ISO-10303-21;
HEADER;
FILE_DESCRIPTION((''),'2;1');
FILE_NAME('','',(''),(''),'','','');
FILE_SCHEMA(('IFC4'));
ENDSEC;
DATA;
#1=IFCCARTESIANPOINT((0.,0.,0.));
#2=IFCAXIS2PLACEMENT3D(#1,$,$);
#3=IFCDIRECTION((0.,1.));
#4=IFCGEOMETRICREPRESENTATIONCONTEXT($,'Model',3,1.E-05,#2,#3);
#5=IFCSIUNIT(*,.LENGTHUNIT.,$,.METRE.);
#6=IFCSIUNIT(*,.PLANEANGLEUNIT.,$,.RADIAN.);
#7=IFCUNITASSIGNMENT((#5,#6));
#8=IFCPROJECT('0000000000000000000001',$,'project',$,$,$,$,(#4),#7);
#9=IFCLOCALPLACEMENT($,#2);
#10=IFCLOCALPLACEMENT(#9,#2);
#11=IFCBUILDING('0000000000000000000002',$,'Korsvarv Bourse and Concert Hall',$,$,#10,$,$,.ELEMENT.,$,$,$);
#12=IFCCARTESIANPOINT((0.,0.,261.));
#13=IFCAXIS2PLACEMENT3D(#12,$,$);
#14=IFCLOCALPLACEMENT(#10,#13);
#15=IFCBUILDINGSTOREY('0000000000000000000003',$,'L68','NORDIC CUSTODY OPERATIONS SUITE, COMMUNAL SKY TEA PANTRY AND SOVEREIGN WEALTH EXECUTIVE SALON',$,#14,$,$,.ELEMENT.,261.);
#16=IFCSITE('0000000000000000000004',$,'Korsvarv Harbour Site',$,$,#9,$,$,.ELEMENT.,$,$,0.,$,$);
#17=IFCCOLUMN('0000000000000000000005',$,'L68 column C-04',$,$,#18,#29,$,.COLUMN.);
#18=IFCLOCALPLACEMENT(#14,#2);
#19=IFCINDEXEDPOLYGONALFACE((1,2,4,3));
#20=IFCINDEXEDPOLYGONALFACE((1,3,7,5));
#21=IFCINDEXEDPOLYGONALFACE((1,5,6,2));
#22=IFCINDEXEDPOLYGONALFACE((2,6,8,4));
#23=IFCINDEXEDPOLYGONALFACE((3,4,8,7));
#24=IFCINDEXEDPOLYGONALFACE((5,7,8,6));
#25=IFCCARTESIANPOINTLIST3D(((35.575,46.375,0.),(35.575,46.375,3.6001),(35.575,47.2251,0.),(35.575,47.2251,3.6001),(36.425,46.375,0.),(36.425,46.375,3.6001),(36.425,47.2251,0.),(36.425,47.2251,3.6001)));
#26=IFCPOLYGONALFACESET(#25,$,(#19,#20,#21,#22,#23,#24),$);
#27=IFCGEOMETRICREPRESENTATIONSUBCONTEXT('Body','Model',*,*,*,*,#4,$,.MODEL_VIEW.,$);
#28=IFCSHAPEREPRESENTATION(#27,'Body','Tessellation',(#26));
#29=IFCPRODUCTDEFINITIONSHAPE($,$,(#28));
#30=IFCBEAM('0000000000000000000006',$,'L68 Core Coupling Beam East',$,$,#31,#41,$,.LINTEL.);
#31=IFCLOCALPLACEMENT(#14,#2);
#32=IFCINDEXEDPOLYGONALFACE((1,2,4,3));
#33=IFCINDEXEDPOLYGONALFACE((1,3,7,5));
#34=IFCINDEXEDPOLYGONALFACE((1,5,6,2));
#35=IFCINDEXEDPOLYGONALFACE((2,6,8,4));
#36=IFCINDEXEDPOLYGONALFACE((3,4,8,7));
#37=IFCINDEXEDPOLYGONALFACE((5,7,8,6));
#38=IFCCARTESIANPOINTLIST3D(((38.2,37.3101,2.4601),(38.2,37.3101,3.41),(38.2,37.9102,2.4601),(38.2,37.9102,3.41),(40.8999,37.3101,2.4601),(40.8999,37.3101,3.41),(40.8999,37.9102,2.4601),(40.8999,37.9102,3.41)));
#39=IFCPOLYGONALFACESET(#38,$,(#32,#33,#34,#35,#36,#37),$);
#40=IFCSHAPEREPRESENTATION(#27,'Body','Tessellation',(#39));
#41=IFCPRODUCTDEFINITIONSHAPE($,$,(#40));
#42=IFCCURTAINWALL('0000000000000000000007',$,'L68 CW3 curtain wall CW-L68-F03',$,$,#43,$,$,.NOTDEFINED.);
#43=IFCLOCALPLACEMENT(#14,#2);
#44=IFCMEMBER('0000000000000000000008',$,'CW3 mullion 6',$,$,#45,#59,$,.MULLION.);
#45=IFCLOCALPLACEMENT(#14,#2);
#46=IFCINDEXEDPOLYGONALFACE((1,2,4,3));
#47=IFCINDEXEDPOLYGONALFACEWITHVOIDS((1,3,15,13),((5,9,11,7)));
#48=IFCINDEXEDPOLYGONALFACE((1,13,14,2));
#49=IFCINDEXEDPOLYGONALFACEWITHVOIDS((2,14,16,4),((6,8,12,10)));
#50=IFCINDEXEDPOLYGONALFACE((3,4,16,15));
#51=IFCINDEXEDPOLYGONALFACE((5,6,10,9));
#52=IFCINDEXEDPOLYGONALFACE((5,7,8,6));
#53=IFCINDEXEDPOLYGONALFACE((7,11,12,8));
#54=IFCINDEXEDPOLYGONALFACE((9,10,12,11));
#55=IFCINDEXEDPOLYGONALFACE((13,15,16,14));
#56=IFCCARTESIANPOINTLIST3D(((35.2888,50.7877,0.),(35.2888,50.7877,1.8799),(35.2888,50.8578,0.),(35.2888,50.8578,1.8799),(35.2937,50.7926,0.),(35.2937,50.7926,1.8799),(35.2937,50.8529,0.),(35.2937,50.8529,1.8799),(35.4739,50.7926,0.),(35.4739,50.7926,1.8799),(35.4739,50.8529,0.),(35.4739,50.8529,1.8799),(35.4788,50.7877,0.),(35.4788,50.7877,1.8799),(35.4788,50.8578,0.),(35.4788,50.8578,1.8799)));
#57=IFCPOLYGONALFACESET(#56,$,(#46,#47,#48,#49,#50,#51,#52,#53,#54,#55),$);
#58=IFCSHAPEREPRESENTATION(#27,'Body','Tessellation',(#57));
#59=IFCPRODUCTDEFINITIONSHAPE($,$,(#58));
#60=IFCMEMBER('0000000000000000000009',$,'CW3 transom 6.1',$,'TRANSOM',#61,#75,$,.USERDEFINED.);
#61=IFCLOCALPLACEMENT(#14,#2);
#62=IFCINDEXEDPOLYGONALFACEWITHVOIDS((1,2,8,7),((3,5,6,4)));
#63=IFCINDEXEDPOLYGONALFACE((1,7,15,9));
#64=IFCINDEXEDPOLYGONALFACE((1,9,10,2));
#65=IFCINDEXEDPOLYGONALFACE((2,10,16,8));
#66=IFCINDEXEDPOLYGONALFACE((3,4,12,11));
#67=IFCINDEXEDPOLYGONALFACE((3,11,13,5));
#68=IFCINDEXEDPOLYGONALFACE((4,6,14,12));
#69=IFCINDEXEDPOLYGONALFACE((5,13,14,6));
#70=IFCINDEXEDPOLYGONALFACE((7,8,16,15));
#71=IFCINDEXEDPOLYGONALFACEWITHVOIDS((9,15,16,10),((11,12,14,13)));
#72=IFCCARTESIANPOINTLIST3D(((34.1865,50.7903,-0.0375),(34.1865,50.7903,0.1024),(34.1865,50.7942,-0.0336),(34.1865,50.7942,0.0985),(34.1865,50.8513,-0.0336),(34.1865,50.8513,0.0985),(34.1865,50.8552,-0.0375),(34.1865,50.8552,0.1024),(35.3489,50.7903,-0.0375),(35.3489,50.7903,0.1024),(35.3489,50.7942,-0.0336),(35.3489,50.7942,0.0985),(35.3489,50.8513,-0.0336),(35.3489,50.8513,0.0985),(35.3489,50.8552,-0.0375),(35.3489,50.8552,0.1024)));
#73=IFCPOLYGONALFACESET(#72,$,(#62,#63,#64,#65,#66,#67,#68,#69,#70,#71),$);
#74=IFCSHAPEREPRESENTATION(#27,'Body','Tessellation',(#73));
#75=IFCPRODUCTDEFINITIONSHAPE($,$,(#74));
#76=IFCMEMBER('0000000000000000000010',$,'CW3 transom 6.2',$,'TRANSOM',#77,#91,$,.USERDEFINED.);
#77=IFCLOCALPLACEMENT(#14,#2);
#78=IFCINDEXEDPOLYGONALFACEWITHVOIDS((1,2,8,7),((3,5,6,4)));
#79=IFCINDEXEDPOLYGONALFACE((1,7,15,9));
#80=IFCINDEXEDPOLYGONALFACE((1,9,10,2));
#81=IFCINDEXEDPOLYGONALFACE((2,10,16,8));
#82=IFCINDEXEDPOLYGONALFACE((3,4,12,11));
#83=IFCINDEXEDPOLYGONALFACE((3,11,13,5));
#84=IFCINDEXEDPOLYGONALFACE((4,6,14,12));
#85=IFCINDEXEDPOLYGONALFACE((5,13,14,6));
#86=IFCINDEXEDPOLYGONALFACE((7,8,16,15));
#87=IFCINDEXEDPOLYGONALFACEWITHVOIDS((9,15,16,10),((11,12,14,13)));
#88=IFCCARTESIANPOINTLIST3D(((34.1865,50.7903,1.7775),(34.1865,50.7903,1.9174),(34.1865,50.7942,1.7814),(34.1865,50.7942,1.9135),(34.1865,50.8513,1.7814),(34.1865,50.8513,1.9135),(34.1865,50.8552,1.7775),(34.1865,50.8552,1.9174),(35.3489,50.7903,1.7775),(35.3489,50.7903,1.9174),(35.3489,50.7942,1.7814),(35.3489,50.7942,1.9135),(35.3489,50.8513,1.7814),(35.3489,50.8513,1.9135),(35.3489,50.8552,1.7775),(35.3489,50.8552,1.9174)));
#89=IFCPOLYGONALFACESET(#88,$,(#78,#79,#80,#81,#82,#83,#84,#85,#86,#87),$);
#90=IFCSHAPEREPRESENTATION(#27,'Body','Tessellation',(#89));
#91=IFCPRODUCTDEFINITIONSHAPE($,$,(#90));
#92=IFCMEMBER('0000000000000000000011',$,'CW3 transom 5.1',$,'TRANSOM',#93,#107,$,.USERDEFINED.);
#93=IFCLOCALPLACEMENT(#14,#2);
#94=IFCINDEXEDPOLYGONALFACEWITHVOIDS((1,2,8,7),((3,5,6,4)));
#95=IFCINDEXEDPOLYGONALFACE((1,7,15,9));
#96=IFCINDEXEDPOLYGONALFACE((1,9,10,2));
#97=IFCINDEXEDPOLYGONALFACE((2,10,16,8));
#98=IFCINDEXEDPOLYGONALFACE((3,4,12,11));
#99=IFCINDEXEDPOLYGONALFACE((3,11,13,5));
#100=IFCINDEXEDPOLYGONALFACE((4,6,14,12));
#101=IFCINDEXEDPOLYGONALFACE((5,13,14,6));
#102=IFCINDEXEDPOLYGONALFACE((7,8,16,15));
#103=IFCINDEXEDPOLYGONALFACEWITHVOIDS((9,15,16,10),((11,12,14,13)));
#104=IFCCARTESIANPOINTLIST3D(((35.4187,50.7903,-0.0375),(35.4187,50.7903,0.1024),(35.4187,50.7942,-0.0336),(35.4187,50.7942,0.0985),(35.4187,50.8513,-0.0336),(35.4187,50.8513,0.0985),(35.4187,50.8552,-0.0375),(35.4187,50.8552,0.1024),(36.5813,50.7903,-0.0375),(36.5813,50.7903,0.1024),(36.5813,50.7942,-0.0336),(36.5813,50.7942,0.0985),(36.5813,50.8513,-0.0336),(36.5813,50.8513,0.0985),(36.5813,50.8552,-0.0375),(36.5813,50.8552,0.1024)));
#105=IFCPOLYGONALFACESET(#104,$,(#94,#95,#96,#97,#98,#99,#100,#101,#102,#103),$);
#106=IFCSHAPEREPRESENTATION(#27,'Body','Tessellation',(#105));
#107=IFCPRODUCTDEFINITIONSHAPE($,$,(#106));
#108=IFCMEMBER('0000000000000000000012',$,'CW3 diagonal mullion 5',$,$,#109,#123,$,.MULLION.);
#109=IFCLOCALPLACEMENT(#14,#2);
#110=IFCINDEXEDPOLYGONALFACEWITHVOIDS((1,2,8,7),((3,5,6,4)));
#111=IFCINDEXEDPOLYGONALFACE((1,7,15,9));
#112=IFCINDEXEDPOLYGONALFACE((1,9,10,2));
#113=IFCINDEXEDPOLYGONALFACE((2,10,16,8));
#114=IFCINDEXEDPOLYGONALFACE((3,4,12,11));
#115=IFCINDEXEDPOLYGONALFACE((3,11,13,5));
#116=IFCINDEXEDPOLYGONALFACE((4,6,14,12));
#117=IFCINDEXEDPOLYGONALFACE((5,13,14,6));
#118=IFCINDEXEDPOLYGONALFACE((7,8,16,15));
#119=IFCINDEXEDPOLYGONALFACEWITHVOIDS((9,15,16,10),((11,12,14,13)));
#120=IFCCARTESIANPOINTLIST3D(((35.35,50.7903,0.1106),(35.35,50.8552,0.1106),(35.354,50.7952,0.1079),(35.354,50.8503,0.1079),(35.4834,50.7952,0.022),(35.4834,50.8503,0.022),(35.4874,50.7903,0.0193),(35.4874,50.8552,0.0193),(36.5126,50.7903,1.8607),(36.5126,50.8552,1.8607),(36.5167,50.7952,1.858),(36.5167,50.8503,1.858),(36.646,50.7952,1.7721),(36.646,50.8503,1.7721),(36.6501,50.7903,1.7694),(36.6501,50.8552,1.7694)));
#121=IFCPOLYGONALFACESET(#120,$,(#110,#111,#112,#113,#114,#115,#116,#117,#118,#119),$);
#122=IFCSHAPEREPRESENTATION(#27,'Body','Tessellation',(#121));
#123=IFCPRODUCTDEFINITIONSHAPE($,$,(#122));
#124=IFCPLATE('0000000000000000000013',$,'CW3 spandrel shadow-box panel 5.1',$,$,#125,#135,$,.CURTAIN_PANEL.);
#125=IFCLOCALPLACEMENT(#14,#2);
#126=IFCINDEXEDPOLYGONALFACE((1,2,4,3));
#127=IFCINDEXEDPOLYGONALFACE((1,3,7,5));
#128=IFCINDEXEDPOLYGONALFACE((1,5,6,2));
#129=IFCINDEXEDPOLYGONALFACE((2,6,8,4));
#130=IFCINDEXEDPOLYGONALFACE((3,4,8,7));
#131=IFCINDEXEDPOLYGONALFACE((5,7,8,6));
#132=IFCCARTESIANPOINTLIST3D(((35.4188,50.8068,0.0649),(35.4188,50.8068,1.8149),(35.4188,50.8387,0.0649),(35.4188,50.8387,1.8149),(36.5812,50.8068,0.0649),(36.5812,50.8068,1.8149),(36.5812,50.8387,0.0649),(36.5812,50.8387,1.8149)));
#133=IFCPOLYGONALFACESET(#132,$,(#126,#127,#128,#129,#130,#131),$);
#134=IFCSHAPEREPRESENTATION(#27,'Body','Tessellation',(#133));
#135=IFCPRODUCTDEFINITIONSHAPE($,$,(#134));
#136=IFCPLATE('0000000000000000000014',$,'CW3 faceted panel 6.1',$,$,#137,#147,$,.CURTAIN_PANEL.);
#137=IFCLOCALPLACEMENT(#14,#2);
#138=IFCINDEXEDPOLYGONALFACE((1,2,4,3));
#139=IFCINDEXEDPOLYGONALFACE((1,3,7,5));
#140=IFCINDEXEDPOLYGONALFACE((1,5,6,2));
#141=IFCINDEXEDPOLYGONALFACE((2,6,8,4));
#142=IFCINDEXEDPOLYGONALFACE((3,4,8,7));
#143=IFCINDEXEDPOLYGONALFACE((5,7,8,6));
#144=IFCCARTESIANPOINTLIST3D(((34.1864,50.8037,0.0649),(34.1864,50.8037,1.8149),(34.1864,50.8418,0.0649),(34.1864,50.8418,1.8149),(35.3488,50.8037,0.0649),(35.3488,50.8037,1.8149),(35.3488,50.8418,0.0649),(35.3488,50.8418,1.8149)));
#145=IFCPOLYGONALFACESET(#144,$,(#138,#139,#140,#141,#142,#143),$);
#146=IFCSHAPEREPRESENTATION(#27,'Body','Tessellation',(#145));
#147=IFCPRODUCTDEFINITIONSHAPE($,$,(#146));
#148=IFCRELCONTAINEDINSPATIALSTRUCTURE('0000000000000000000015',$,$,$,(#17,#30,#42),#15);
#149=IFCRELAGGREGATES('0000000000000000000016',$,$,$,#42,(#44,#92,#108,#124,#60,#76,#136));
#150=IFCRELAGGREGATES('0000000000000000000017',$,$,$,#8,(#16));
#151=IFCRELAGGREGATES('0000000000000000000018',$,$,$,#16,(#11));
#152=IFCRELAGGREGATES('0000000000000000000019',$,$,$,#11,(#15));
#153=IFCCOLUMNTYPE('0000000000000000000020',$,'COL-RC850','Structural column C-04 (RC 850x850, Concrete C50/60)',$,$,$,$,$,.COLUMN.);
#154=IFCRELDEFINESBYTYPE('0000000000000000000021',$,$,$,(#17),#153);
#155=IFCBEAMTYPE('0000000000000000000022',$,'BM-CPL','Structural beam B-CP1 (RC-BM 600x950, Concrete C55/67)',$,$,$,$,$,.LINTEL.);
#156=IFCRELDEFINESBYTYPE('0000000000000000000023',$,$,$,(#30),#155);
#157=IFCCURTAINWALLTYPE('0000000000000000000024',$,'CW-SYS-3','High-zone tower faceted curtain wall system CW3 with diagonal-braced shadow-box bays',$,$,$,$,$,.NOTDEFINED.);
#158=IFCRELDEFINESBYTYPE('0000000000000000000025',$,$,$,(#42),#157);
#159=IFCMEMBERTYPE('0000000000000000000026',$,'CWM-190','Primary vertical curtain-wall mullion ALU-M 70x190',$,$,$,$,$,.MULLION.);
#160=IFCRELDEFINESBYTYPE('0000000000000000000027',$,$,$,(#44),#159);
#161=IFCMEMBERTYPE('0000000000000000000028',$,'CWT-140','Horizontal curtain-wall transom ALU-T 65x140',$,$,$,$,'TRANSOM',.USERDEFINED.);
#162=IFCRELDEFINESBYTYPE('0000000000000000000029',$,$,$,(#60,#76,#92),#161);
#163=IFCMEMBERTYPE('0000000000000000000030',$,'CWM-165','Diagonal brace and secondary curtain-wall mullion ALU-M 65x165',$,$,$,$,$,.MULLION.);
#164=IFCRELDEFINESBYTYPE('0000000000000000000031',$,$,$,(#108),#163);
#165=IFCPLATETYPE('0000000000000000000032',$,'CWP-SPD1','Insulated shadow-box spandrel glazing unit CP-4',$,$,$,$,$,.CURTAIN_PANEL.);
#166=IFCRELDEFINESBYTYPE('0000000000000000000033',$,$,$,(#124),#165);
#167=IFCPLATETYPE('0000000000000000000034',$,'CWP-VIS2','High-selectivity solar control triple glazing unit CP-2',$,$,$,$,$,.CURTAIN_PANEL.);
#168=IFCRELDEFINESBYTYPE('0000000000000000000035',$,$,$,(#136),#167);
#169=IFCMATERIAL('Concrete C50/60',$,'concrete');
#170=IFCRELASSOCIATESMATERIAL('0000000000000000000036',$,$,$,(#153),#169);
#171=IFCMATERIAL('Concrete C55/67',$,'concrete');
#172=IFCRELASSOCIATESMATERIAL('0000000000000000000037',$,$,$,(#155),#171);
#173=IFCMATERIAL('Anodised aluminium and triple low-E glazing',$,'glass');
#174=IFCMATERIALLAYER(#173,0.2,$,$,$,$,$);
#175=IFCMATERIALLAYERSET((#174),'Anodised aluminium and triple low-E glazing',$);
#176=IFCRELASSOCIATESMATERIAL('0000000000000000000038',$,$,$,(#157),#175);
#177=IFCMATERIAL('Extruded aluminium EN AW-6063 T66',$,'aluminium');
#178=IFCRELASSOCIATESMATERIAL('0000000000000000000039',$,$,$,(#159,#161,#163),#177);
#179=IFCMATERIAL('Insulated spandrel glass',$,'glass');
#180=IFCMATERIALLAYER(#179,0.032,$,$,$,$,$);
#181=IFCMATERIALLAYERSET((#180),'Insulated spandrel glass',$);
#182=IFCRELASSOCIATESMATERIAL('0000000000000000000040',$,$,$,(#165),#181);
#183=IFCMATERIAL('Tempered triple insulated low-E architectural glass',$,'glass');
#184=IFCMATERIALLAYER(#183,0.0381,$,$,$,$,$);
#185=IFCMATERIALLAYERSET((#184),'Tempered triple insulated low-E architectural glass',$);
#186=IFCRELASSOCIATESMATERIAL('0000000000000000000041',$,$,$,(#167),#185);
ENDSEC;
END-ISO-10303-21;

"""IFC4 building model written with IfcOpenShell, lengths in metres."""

from ifc_helpers import new_model, si_unit, direction, frame, origin, origin_2d, place, context, subcontext, project, spatial, rectangle, hollow_rectangle, extrude, source, transform, mapped, material, layer, layer_set, material_profile, profile_set, type_object, element, aggregate, save


model = new_model("IFC4")

# Units and contexts
model_context = context("Model", 3, precision=1e-05, world=origin(), true_north=direction((0.0, 1.0)))
body_context = subcontext(model_context, "Body", "Model", "MODEL_VIEW")
ifc_project = project(units=[si_unit("LENGTHUNIT", "METRE"), si_unit("PLANEANGLEUNIT", "RADIAN")], contexts=[model_context])

# Site, building, storey
site_placement = place(None, origin())
site = spatial("IfcSite", under=ifc_project, at=site_placement, Name="Korsvarv Harbour Site", CompositionType="ELEMENT", RefElevation=0.0)
building_placement = place(site_placement, origin())
building = spatial("IfcBuilding", under=site, at=building_placement, Name="Korsvarv Bourse and Concert Hall", CompositionType="ELEMENT")
storey_placement = place(building_placement, frame((0.0, 0.0, 261.0)))
storey = spatial("IfcBuildingStorey", under=building, at=storey_placement, Name="L68", Description="NORDIC CUSTODY OPERATIONS SUITE, COMMUNAL SKY TEA PANTRY AND SOVEREIGN WEALTH EXECUTIVE SALON", CompositionType="ELEMENT", Elevation=261.0)

# Column
ifc_material_1 = material(Name="Concrete C50/60", Category="concrete")
ifc_material_profile_1 = material_profile(ifc_material_1, rectangle(XDim=0.8501, YDim=0.8501, at=origin_2d()), Name="RC 850x850")
ifc_profile_set_1 = profile_set([ifc_material_profile_1], Name="Concrete C50/60")
column_type = type_object("IfcColumnType", Name="COL-RC850", Description="Structural column C-04 (RC 850x850, Concrete C50/60)", PredefinedType="COLUMN", material=ifc_profile_set_1)
shared_shape_1 = source(origin(), body_context, "Body", "SweptSolid", [
    extrude(rectangle(XDim=0.8501, YDim=0.8501, at=origin_2d()), origin(), (0.0, 0.0, 1.0), 3.6001),
])
column_placement = place(storey_placement, frame((36.0, 46.8, 0.0), z_axis=(0.0, 0.0, 1.0), x_axis=(1.0, 0.0, 0.0)))
element("IfcColumn", 1, at=column_placement, inside=storey, type_object=column_type, Name="L68 column C-04", PredefinedType="COLUMN", context=body_context, shape_type="MappedRepresentation", body=[
    mapped(shared_shape_1, transform((0.0, 0.0, 0.0), scale=1.0)),
])

# Beam
ifc_material_2 = material(Name="Concrete C55/67", Category="concrete")
ifc_material_profile_2 = material_profile(ifc_material_2, rectangle(XDim=0.6001, YDim=0.95, at=origin_2d()), Name="RC-BM 600x950")
ifc_profile_set_2 = profile_set([ifc_material_profile_2], Name="Concrete C55/67")
beam_type = type_object("IfcBeamType", Name="BM-CPL", Description="Structural beam B-CP1 (RC-BM 600x950, Concrete C55/67)", PredefinedType="LINTEL", material=ifc_profile_set_2)
shared_shape_2 = source(origin(), body_context, "Body", "SweptSolid", [
    extrude(rectangle(XDim=0.6001, YDim=0.95, at=origin_2d()), origin(), (0.0, 0.0, 1.0), 2.7),
])
beam_placement = place(storey_placement, frame((38.2, 37.6101, 2.9351), z_axis=(1.0, 0.0, 0.0), x_axis=(0.0, 1.0, 0.0)))
element("IfcBeam", 2, at=beam_placement, inside=storey, type_object=beam_type, Name="L68 Core Coupling Beam East", PredefinedType="LINTEL", context=body_context, shape_type="MappedRepresentation", body=[
    mapped(shared_shape_2, transform((0.0, 0.0, 0.0), scale=1.0)),
])

# Curtain wall, members, plates
ifc_material_3 = material(Name="Anodised aluminium and triple low-E glazing", Category="glass")
ifc_layer_1 = layer(ifc_material_3, 0.2)
ifc_layer_set_1 = layer_set([ifc_layer_1], Name="Anodised aluminium and triple low-E glazing")
curtain_wall_type = type_object("IfcCurtainWallType", Name="CW-SYS-3", Description="High-zone tower faceted curtain wall system CW3 with diagonal-braced shadow-box bays", PredefinedType="NOTDEFINED", material=ifc_layer_set_1)
curtain_wall_placement = place(storey_placement, origin())
curtain_wall = element("IfcCurtainWall", 3, at=curtain_wall_placement, inside=storey, type_object=curtain_wall_type, Name="L68 CW3 curtain wall CW-L68-F03", PredefinedType="NOTDEFINED")
ifc_material_4 = material(Name="Extruded aluminium EN AW-6063 T66", Category="aluminium")
ifc_material_profile_3 = material_profile(ifc_material_4, hollow_rectangle(XDim=0.0701, YDim=0.1899, WallThickness=0.0049, at=origin_2d()), Name="ALU-M 70x190")
ifc_profile_set_3 = profile_set([ifc_material_profile_3], Name="Extruded aluminium EN AW-6063 T66")
member_type_1 = type_object("IfcMemberType", Name="CWM-190", Description="Primary vertical curtain-wall mullion ALU-M 70x190", PredefinedType="MULLION", material=ifc_profile_set_3)
shared_shape_3 = source(origin(), body_context, "Body", "SweptSolid", [
    extrude(hollow_rectangle(XDim=0.0701, YDim=0.1899, WallThickness=0.0049, at=origin_2d()), origin(), (0.0, 0.0, 1.0), 1.8799),
])
member_1_placement = place(storey_placement, frame((35.3838, 50.8228, 0.0), z_axis=(0.0, 0.0, 1.0), x_axis=(0.0, -1.0, 0.0)))
member_1 = element("IfcMember", 4, at=member_1_placement, type_object=member_type_1, Name="CW3 mullion 6", PredefinedType="MULLION", context=body_context, shape_type="MappedRepresentation", body=[
    mapped(shared_shape_3, transform((0.0, 0.0, 0.0), scale=1.0)),
])
ifc_material_profile_4 = material_profile(ifc_material_4, hollow_rectangle(XDim=0.0649, YDim=0.1399, WallThickness=0.0039, at=origin_2d()), Name="ALU-T 65x140")
ifc_profile_set_4 = profile_set([ifc_material_profile_4], Name="Extruded aluminium EN AW-6063 T66")
member_type_2 = type_object("IfcMemberType", Name="CWT-140", Description="Horizontal curtain-wall transom ALU-T 65x140", ElementType="TRANSOM", PredefinedType="USERDEFINED", material=ifc_profile_set_4)
shared_shape_4 = source(origin(), body_context, "Body", "SweptSolid", [
    extrude(hollow_rectangle(XDim=0.0649, YDim=0.1399, WallThickness=0.0039, at=origin_2d()), origin(), (0.0, 0.0, 1.0), 1.1624),
])
member_2_placement = place(storey_placement, frame((35.3489, 50.8228, 0.0325), z_axis=(-1.0, 0.0, 0.0), x_axis=(0.0, -1.0, 0.0)))
member_2 = element("IfcMember", 5, at=member_2_placement, type_object=member_type_2, Name="CW3 transom 6.1", ObjectType="TRANSOM", PredefinedType="USERDEFINED", context=body_context, shape_type="MappedRepresentation", body=[
    mapped(shared_shape_4, transform((0.0, 0.0, 0.0), scale=1.0)),
])
member_3_placement = place(storey_placement, frame((35.3489, 50.8228, 1.8474), z_axis=(-1.0, 0.0, 0.0), x_axis=(0.0, -1.0, 0.0)))
member_3 = element("IfcMember", 6, at=member_3_placement, type_object=member_type_2, Name="CW3 transom 6.2", ObjectType="TRANSOM", PredefinedType="USERDEFINED", context=body_context, shape_type="MappedRepresentation", body=[
    mapped(shared_shape_4, transform((0.0, 0.0, 0.0), scale=1.0)),
])
shared_shape_5 = source(origin(), body_context, "Body", "SweptSolid", [
    extrude(hollow_rectangle(XDim=0.0649, YDim=0.1399, WallThickness=0.0039, at=origin_2d()), origin(), (0.0, 0.0, 1.0), 1.1626),
])
member_4_placement = place(storey_placement, frame((36.5813, 50.8228, 0.0325), z_axis=(-1.0, 0.0, 0.0), x_axis=(0.0, -1.0, 0.0)))
member_4 = element("IfcMember", 7, at=member_4_placement, type_object=member_type_2, Name="CW3 transom 5.1", ObjectType="TRANSOM", PredefinedType="USERDEFINED", context=body_context, shape_type="MappedRepresentation", body=[
    mapped(shared_shape_5, transform((0.0, 0.0, 0.0), scale=1.0)),
])
ifc_material_profile_5 = material_profile(ifc_material_4, hollow_rectangle(XDim=0.0649, YDim=0.165, WallThickness=0.0049, at=origin_2d()), Name="ALU-M 65x165")
ifc_profile_set_5 = profile_set([ifc_material_profile_5], Name="Extruded aluminium EN AW-6063 T66")
member_type_3 = type_object("IfcMemberType", Name="CWM-165", Description="Diagonal brace and secondary curtain-wall mullion ALU-M 65x165", PredefinedType="MULLION", material=ifc_profile_set_5)
shared_shape_6 = source(origin(), body_context, "Body", "SweptSolid", [
    extrude(hollow_rectangle(XDim=0.0649, YDim=0.165, WallThickness=0.0049, at=origin_2d()), origin(), (0.0, 0.0, 1.0), 2.1011),
])
member_5_placement = place(storey_placement, frame((35.4187, 50.8228, 0.0649), z_axis=(0.553359, 0.0, 0.832943), x_axis=(0.0, 1.0, 0.0)))
member_5 = element("IfcMember", 8, at=member_5_placement, type_object=member_type_3, Name="CW3 diagonal mullion 5", PredefinedType="MULLION", context=body_context, shape_type="MappedRepresentation", body=[
    mapped(shared_shape_6, transform((0.0, 0.0, 0.0), scale=1.0)),
])
ifc_material_5 = material(Name="Insulated spandrel glass", Category="glass")
ifc_layer_2 = layer(ifc_material_5, 0.032)
ifc_layer_set_2 = layer_set([ifc_layer_2], Name="Insulated spandrel glass")
plate_type_1 = type_object("IfcPlateType", Name="CWP-SPD1", Description="Insulated shadow-box spandrel glazing unit CP-4", PredefinedType="CURTAIN_PANEL", material=ifc_layer_set_2)
shared_shape_7 = source(origin(), body_context, "Body", "SweptSolid", [
    extrude(rectangle(XDim=1.1624, YDim=0.032, at=origin_2d()), origin(), (0.0, 0.0, 1.0), 1.75),
])
plate_1_placement = place(storey_placement, frame((36.0, 50.8228, 0.0649), z_axis=(0.0, 0.0, 1.0), x_axis=(-1.0, 0.0, 0.0)))
plate_1 = element("IfcPlate", 9, at=plate_1_placement, type_object=plate_type_1, Name="CW3 spandrel shadow-box panel 5.1", PredefinedType="CURTAIN_PANEL", context=body_context, shape_type="MappedRepresentation", body=[
    mapped(shared_shape_7, transform((0.0, 0.0, 0.0), scale=1.0)),
])
ifc_material_6 = material(Name="Tempered triple insulated low-E architectural glass", Category="glass")
ifc_layer_3 = layer(ifc_material_6, 0.0381)
ifc_layer_set_3 = layer_set([ifc_layer_3], Name="Tempered triple insulated low-E architectural glass")
plate_type_2 = type_object("IfcPlateType", Name="CWP-VIS2", Description="High-selectivity solar control triple glazing unit CP-2", PredefinedType="CURTAIN_PANEL", material=ifc_layer_set_3)
shared_shape_8 = source(origin(), body_context, "Body", "SweptSolid", [
    extrude(rectangle(XDim=1.1624, YDim=0.0381, at=origin_2d()), origin(), (0.0, 0.0, 1.0), 1.75),
])
plate_2_placement = place(storey_placement, frame((34.7676, 50.8228, 0.0649), z_axis=(0.0, 0.0, 1.0), x_axis=(-1.0, 0.0, 0.0)))
plate_2 = element("IfcPlate", 10, at=plate_2_placement, type_object=plate_type_2, Name="CW3 faceted panel 6.1", PredefinedType="CURTAIN_PANEL", context=body_context, shape_type="MappedRepresentation", body=[
    mapped(shared_shape_8, transform((0.0, 0.0, 0.0), scale=1.0)),
])
aggregate(curtain_wall, [member_1, member_4, member_5, plate_1, member_2, member_3, plate_2])

save(model, "model.ifc")
